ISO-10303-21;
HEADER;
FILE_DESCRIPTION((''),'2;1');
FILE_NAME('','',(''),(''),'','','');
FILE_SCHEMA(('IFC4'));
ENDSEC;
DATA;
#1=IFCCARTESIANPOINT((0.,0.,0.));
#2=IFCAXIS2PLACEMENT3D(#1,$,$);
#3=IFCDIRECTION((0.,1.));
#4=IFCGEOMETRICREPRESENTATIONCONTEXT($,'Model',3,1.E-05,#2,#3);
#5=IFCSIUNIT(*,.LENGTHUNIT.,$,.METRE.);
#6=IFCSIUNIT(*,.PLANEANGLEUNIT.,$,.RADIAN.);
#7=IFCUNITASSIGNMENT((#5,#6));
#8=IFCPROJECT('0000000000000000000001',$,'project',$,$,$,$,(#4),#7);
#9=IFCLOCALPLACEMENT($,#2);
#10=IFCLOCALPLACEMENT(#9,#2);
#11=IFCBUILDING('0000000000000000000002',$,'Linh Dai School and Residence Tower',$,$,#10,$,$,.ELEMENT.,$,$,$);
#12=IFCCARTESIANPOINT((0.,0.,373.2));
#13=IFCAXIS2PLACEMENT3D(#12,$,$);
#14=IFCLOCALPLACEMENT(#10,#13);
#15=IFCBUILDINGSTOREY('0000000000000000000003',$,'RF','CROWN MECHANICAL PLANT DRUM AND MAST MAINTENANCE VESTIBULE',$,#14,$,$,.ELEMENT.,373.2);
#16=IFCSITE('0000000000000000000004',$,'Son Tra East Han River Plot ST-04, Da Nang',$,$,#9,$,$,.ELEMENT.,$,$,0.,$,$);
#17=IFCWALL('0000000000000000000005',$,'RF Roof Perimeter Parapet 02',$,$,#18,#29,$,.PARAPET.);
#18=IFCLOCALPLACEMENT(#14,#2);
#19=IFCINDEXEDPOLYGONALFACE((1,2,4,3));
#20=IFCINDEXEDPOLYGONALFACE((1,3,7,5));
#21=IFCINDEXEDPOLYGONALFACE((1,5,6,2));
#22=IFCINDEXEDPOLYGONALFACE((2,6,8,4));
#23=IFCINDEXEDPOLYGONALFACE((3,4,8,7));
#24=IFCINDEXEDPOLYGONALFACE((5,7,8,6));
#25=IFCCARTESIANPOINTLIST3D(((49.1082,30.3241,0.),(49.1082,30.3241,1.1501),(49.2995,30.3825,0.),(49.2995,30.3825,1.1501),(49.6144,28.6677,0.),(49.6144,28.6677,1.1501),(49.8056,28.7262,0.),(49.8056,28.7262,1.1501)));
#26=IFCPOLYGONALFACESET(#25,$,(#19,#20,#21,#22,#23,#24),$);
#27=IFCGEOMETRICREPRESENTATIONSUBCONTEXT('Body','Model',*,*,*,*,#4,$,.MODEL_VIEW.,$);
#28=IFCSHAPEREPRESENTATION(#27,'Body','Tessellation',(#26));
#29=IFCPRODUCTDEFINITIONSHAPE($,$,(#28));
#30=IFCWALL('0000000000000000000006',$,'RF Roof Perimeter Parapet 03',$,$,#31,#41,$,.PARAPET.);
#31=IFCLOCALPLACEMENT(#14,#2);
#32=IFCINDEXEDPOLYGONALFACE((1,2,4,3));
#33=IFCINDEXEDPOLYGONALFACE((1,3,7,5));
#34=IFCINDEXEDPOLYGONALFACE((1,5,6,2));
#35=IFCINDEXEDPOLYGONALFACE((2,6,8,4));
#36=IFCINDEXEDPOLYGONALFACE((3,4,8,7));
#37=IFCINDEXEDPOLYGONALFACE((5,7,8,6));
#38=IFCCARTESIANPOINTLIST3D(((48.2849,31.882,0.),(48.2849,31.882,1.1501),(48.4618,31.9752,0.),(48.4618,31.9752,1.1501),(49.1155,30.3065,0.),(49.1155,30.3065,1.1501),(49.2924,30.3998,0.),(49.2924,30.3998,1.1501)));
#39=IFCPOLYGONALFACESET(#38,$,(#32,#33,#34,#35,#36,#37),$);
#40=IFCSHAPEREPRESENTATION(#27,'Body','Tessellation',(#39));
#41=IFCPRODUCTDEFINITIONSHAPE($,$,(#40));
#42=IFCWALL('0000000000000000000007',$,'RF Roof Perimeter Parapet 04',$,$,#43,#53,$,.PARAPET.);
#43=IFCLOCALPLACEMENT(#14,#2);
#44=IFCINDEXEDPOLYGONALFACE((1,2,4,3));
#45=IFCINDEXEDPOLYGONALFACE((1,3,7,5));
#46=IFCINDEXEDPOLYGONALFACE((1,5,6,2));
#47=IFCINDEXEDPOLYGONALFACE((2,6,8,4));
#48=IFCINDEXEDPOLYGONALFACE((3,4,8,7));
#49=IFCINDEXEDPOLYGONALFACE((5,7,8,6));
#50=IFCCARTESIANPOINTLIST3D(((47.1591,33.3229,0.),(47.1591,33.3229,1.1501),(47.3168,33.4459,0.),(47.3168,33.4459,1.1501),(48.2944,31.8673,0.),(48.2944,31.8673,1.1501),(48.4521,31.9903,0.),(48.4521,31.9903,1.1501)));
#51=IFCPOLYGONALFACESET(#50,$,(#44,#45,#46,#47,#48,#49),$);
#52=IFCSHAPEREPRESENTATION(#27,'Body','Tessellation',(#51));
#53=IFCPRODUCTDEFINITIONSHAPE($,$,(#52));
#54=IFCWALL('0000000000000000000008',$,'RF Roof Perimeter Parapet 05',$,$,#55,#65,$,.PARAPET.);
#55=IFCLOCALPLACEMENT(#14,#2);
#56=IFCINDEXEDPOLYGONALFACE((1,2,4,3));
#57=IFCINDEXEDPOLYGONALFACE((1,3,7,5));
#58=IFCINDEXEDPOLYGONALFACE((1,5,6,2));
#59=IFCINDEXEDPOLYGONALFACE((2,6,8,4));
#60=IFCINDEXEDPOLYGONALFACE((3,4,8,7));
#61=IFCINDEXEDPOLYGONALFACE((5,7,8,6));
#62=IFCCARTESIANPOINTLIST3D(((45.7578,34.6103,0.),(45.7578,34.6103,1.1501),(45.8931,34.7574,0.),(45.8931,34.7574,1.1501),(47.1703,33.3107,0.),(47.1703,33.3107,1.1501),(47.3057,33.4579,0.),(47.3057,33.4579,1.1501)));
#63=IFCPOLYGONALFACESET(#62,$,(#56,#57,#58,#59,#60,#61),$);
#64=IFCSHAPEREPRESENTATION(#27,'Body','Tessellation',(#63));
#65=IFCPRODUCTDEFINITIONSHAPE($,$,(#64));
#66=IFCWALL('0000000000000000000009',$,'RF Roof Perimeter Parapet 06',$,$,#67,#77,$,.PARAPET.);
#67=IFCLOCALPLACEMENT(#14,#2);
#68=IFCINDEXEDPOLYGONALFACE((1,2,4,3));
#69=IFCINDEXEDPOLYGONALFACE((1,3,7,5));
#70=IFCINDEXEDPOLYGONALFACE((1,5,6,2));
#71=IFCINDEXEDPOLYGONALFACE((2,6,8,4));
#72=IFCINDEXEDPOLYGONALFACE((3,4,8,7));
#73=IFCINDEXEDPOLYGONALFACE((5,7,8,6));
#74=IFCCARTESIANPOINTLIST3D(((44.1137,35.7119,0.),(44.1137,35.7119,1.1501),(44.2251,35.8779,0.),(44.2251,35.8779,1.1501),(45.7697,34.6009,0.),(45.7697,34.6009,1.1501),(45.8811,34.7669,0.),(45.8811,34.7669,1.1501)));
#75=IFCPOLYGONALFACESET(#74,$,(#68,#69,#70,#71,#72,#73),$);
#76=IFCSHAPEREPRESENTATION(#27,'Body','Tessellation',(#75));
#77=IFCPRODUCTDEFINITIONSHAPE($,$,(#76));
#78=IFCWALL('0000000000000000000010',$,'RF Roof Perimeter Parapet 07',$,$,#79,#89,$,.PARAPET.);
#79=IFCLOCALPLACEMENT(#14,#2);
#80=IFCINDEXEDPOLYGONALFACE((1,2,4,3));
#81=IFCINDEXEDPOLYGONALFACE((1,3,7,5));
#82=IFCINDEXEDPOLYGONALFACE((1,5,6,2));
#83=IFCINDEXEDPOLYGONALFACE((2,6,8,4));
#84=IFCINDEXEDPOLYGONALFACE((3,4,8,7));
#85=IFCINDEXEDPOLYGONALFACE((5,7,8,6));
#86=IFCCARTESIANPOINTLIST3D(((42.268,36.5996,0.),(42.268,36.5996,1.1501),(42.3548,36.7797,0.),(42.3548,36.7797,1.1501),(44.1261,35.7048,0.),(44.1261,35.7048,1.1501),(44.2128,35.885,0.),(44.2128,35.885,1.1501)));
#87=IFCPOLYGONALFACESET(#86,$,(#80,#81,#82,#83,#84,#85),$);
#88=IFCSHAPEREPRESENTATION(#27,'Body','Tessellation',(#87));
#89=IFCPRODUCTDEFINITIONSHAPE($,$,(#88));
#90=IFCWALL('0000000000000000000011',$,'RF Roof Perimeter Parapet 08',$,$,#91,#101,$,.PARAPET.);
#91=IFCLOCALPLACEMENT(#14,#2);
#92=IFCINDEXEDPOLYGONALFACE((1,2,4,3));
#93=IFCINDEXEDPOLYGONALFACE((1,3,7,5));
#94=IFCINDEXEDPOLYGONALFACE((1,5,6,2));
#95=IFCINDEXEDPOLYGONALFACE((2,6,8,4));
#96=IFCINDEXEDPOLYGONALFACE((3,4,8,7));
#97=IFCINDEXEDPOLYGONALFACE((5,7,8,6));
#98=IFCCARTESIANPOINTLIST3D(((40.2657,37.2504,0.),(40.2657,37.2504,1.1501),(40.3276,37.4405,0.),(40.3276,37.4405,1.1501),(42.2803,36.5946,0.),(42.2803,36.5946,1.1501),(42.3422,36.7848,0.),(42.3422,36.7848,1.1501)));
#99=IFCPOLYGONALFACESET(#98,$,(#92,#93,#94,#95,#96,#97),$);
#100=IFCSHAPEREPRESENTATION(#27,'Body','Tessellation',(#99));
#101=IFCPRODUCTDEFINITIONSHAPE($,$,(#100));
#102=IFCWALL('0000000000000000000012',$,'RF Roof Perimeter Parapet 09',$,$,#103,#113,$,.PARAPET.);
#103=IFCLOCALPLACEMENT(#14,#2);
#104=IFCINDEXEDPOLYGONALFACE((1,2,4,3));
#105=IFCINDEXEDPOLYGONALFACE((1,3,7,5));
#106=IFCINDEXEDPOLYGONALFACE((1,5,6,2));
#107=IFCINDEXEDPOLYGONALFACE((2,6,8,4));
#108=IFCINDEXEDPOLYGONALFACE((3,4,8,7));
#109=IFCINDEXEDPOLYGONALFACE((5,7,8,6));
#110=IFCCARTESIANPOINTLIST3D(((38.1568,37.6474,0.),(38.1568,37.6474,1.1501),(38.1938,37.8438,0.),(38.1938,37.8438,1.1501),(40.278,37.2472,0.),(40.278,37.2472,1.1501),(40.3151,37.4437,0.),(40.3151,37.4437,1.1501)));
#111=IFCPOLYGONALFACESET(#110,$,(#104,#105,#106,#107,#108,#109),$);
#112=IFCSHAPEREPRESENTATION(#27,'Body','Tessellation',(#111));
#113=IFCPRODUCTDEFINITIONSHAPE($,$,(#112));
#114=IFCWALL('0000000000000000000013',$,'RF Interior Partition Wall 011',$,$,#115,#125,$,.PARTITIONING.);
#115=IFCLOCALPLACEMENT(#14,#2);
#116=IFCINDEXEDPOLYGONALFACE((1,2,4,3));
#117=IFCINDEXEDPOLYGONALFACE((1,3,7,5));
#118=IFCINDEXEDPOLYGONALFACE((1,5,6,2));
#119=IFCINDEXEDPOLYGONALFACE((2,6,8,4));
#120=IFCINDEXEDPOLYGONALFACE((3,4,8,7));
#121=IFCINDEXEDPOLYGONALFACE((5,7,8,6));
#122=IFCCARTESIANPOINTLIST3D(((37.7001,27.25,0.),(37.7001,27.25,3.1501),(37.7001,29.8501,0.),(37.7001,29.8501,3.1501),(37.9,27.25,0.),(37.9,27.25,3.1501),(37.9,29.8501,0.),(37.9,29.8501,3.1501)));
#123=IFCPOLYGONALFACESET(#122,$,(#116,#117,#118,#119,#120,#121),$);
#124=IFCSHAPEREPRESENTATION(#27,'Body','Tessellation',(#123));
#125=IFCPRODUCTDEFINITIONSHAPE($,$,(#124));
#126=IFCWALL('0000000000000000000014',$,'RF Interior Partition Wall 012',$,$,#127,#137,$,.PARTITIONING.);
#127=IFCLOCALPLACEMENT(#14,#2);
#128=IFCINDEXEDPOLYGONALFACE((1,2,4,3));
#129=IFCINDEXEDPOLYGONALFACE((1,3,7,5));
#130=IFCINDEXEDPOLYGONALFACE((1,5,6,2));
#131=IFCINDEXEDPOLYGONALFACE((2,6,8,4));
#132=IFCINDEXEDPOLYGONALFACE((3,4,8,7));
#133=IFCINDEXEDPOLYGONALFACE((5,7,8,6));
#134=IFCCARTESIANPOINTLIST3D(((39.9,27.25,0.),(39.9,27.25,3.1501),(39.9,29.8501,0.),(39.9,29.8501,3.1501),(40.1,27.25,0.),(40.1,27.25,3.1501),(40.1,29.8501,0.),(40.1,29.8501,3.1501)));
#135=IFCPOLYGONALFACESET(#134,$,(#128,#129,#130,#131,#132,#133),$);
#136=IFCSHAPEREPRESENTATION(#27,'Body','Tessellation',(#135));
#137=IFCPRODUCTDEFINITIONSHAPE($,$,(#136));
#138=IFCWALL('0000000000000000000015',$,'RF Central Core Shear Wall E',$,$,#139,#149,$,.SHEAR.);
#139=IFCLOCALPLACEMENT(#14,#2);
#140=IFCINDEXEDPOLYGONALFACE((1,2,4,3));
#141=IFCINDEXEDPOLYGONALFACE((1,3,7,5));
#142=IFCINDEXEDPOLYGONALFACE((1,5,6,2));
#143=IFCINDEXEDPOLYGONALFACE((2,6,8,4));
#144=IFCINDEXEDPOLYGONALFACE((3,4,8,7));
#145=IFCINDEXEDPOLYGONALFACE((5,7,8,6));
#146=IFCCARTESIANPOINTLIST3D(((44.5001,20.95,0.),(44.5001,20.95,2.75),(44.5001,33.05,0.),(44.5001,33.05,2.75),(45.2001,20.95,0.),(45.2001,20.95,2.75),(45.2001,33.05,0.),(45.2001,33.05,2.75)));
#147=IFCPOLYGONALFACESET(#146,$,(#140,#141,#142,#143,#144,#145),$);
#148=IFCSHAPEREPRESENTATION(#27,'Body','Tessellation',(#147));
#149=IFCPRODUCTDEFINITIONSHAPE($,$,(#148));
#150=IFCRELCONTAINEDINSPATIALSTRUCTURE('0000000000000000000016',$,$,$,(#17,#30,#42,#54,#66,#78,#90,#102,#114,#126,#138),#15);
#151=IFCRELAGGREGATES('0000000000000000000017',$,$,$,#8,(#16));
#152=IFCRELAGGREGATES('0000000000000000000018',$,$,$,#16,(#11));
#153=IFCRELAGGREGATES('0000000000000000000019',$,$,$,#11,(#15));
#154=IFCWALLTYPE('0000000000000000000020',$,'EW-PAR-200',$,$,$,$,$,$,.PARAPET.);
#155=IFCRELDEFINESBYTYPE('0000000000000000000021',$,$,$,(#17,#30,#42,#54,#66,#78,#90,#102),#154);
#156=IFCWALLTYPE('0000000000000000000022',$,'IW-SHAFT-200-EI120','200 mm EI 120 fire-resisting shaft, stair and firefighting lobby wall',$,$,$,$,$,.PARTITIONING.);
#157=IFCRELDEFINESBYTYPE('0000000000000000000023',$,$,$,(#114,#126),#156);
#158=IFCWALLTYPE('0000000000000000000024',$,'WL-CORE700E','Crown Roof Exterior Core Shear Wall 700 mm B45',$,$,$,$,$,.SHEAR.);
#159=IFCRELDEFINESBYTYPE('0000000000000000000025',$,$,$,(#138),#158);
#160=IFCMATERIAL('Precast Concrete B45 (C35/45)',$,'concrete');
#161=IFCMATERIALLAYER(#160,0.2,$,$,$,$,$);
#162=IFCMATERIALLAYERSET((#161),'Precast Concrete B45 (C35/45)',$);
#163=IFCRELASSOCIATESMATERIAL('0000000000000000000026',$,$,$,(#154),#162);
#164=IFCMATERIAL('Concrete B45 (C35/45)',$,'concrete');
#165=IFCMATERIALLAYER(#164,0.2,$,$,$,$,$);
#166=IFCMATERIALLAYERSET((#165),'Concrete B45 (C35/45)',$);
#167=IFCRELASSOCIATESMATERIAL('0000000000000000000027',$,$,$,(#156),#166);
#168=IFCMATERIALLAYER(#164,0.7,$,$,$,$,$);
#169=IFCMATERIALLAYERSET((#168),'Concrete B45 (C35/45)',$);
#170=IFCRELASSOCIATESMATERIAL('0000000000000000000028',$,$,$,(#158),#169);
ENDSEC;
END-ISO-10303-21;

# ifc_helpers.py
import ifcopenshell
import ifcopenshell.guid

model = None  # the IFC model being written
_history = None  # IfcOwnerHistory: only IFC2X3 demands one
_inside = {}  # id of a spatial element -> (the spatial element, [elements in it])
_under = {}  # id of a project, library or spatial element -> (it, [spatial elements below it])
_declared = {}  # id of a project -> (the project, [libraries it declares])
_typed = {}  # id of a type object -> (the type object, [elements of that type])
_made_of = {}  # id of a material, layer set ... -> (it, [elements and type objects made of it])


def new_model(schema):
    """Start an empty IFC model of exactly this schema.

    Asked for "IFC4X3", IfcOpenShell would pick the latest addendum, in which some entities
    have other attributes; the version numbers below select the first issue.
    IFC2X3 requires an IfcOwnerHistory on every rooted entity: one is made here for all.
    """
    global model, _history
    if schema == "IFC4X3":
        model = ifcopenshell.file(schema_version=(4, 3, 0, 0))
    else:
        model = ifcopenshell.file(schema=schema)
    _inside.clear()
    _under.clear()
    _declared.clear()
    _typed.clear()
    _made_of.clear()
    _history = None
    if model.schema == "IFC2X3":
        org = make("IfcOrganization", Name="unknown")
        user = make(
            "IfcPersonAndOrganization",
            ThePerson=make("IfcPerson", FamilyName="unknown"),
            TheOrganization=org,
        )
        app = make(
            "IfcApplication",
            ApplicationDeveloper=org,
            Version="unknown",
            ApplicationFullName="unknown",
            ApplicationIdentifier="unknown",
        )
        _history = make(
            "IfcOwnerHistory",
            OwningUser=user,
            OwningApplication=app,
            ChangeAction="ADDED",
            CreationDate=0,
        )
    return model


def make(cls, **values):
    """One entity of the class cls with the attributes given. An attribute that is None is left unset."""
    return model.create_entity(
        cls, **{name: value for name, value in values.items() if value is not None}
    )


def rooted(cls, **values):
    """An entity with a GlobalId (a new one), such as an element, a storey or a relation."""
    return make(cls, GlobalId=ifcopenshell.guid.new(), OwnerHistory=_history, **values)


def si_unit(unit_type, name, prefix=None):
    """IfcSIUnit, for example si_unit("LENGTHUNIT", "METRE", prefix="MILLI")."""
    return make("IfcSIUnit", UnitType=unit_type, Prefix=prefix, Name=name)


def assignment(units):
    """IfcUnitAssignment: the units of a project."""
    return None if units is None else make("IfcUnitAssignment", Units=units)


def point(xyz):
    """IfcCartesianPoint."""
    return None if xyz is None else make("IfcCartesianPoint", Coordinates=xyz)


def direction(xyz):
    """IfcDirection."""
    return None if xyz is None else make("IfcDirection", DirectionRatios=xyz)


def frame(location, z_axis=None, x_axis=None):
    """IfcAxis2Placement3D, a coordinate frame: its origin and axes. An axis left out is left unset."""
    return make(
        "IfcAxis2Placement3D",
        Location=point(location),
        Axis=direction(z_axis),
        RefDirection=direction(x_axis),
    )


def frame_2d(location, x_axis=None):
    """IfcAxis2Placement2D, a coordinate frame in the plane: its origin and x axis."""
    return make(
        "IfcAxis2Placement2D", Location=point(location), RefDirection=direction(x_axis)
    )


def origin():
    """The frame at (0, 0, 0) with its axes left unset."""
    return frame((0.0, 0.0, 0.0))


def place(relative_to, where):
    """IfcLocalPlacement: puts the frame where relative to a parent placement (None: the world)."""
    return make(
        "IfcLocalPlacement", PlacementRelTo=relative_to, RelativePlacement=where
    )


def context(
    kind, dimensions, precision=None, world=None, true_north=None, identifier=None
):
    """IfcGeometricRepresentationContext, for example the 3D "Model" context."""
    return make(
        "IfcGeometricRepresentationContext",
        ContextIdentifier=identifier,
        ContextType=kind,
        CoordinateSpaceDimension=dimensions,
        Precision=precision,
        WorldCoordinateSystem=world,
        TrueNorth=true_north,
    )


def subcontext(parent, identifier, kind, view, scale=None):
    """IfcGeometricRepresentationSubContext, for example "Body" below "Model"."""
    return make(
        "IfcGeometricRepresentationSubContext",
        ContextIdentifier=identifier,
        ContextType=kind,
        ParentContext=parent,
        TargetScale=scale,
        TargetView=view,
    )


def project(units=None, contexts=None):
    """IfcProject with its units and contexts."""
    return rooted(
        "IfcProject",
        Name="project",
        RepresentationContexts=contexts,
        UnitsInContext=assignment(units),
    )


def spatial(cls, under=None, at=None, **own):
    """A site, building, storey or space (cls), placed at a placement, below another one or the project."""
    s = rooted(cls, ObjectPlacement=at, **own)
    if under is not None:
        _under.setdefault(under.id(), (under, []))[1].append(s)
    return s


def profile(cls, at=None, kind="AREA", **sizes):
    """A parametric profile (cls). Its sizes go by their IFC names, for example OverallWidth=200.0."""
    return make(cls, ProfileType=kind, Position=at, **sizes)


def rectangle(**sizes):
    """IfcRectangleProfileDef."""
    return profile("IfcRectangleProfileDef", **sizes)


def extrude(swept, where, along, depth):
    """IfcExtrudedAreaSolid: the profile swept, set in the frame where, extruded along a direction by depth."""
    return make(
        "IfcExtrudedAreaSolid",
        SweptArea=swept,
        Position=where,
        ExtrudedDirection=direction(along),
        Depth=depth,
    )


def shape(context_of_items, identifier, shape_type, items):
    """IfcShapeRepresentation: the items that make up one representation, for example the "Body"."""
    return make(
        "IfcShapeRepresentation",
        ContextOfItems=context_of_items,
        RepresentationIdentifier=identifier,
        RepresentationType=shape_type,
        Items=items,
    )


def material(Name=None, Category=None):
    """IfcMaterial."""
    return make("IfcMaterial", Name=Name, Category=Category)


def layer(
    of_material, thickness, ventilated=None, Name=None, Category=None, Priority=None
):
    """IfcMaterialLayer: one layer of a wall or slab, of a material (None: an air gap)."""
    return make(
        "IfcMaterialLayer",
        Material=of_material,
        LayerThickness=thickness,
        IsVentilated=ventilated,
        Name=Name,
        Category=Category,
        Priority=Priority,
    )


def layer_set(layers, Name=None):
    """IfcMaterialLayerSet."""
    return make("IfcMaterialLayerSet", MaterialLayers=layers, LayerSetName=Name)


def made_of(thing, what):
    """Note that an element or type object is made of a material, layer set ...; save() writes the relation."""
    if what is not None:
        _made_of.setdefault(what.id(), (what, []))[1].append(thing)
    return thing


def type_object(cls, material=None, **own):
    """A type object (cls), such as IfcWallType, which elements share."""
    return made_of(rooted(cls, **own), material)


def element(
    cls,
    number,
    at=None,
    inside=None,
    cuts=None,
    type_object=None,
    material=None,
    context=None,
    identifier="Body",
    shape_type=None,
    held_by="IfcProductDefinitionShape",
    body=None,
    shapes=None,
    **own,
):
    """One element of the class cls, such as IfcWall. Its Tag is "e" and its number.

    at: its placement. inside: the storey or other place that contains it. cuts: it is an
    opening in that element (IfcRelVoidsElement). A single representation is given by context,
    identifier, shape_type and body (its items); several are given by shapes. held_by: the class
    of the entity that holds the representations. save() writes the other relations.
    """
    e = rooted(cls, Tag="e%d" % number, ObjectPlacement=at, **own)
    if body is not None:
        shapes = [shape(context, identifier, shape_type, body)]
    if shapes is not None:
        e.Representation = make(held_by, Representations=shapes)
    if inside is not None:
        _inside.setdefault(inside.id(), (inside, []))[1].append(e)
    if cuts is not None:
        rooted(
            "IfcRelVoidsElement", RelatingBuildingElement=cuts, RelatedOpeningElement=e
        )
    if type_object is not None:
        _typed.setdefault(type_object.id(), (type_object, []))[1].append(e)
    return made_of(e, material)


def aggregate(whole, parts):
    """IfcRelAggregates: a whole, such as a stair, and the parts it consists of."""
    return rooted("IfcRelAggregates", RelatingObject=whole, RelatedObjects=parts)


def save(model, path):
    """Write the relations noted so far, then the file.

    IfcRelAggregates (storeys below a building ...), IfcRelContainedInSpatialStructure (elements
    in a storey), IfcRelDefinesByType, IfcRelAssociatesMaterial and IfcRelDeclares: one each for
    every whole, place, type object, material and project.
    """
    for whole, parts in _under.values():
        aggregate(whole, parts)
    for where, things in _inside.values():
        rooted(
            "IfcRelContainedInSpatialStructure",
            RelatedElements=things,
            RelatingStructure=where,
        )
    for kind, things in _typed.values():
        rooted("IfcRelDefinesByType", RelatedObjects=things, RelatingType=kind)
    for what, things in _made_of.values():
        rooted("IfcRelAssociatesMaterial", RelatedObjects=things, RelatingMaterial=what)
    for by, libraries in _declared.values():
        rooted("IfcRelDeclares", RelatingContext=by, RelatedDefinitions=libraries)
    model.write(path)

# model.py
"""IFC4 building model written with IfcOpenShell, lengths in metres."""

from ifc_helpers import new_model, si_unit, direction, frame, frame_2d, origin, place, context, subcontext, project, spatial, rectangle, extrude, material, layer, layer_set, type_object, element, save


model = new_model("IFC4")

# Units and contexts
model_context = context("Model", 3, precision=1e-05, world=origin(), true_north=direction((0.0, 1.0)))
body_context = subcontext(model_context, "Body", "Model", "MODEL_VIEW")
ifc_project = project(units=[si_unit("LENGTHUNIT", "METRE"), si_unit("PLANEANGLEUNIT", "RADIAN")], contexts=[model_context])

# Site, building, storey
site_placement = place(None, origin())
site = spatial("IfcSite", under=ifc_project, at=site_placement, Name="Son Tra East Han River Plot ST-04, Da Nang", CompositionType="ELEMENT", RefElevation=0.0)
building_placement = place(site_placement, origin())
building = spatial("IfcBuilding", under=site, at=building_placement, Name="Linh Dai School and Residence Tower", CompositionType="ELEMENT")
storey_placement = place(building_placement, frame((0.0, 0.0, 373.2)))
storey = spatial("IfcBuildingStorey", under=building, at=storey_placement, Name="RF", Description="CROWN MECHANICAL PLANT DRUM AND MAST MAINTENANCE VESTIBULE", CompositionType="ELEMENT", Elevation=373.2)

# Shared definitions
ifc_material_1 = material(Name="Concrete B45 (C35/45)", Category="concrete")

# Walls
ifc_material_2 = material(Name="Precast Concrete B45 (C35/45)", Category="concrete")
ifc_layer_1 = layer(ifc_material_2, 0.2)
ifc_layer_set_1 = layer_set([ifc_layer_1], Name="Precast Concrete B45 (C35/45)")
wall_type_1 = type_object("IfcWallType", Name="EW-PAR-200", PredefinedType="PARAPET", material=ifc_layer_set_1)
wall_1_placement = place(storey_placement, frame((49.2039, 30.3533, 0.0), z_axis=(0.0, 0.0, 1.0), x_axis=(0.292233, -0.956347, 0.0)))
element("IfcWall", 1, at=wall_1_placement, inside=storey, type_object=wall_type_1, Name="RF Roof Perimeter Parapet 02", PredefinedType="PARAPET", context=body_context, shape_type="SweptSolid", body=[
    extrude(rectangle(XDim=1.7319, YDim=0.2, at=frame_2d((0.866, 0.0))), origin(), (0.0, 0.0, 1.0), 1.1501),
])
wall_2_placement = place(storey_placement, frame((48.3733, 31.9287, 0.0), z_axis=(0.0, 0.0, 1.0), x_axis=(0.466357, -0.884597, 0.0)))
element("IfcWall", 2, at=wall_2_placement, inside=storey, type_object=wall_type_1, Name="RF Roof Perimeter Parapet 03", PredefinedType="PARAPET", context=body_context, shape_type="SweptSolid", body=[
    extrude(rectangle(XDim=1.781, YDim=0.2, at=frame_2d((0.8906, 0.0))), origin(), (0.0, 0.0, 1.0), 1.1501),
])
wall_3_placement = place(storey_placement, frame((47.238, 33.3843, 0.0), z_axis=(0.0, 0.0, 1.0), x_axis=(0.615002, -0.788525, 0.0)))
element("IfcWall", 3, at=wall_3_placement, inside=storey, type_object=wall_type_1, Name="RF Roof Perimeter Parapet 04", PredefinedType="PARAPET", context=body_context, shape_type="SweptSolid", body=[
    extrude(rectangle(XDim=1.8459, YDim=0.2, at=frame_2d((0.9229, 0.0))), origin(), (0.0, 0.0, 1.0), 1.1501),
])
wall_4_placement = place(storey_placement, frame((45.8254, 34.6838, 0.0), z_axis=(0.0, 0.0, 1.0), x_axis=(0.735939, -0.677048, 0.0)))
element("IfcWall", 4, at=wall_4_placement, inside=storey, type_object=wall_type_1, Name="RF Roof Perimeter Parapet 05", PredefinedType="PARAPET", context=body_context, shape_type="SweptSolid", body=[
    extrude(rectangle(XDim=1.9194, YDim=0.2, at=frame_2d((0.9597, 0.0))), origin(), (0.0, 0.0, 1.0), 1.1501),
])
wall_5_placement = place(storey_placement, frame((44.1694, 35.7949, 0.0), z_axis=(0.0, 0.0, 1.0), x_axis=(0.830408, -0.557156, 0.0)))
element("IfcWall", 5, at=wall_5_placement, inside=storey, type_object=wall_type_1, Name="RF Roof Perimeter Parapet 06", PredefinedType="PARAPET", context=body_context, shape_type="SweptSolid", body=[
    extrude(rectangle(XDim=1.9941, YDim=0.2, at=frame_2d((0.9971, 0.0))), origin(), (0.0, 0.0, 1.0), 1.1501),
])
wall_6_placement = place(storey_placement, frame((42.3113, 36.6897, 0.0), z_axis=(0.0, 0.0, 1.0), x_axis=(0.900981, -0.433858, 0.0)))
element("IfcWall", 6, at=wall_6_placement, inside=storey, type_object=wall_type_1, Name="RF Roof Perimeter Parapet 07", PredefinedType="PARAPET", context=body_context, shape_type="SweptSolid", body=[
    extrude(rectangle(XDim=2.0623, YDim=0.2, at=frame_2d((1.0312, 0.0))), origin(), (0.0, 0.0, 1.0), 1.1501),
])
wall_7_placement = place(storey_placement, frame((40.2966, 37.3455, 0.0), z_axis=(0.0, 0.0, 1.0), x_axis=(0.950895, -0.309513, 0.0)))
element("IfcWall", 7, at=wall_7_placement, inside=storey, type_object=wall_type_1, Name="RF Roof Perimeter Parapet 08", PredefinedType="PARAPET", context=body_context, shape_type="SweptSolid", body=[
    extrude(rectangle(XDim=2.1187, YDim=0.2, at=frame_2d((1.0593, 0.0))), origin(), (0.0, 0.0, 1.0), 1.1501),
])
wall_8_placement = place(storey_placement, frame((38.1753, 37.7456, 0.0), z_axis=(0.0, 0.0, 1.0), x_axis=(0.982671, -0.18536, 0.0)))
element("IfcWall", 8, at=wall_8_placement, inside=storey, type_object=wall_type_1, Name="RF Roof Perimeter Parapet 09", PredefinedType="PARAPET", context=body_context, shape_type="SweptSolid", body=[
    extrude(rectangle(XDim=2.1587, YDim=0.2, at=frame_2d((1.0793, 0.0))), origin(), (0.0, 0.0, 1.0), 1.1501),
])
ifc_layer_2 = layer(ifc_material_1, 0.2)
ifc_layer_set_2 = layer_set([ifc_layer_2], Name="Concrete B45 (C35/45)")
wall_type_2 = type_object("IfcWallType", Name="IW-SHAFT-200-EI120", Description="200 mm EI 120 fire-resisting shaft, stair and firefighting lobby wall", PredefinedType="PARTITIONING", material=ifc_layer_set_2)
for number, where, z_axis, x_axis, name in (
    (9, (37.8, 27.25, 0.0), (0.0, 0.0, 1.0), (0.0, 1.0, 0.0), "RF Interior Partition Wall 011"),
    (10, (40.0, 27.25, 0.0), (0.0, 0.0, 1.0), (0.0, 1.0, 0.0), "RF Interior Partition Wall 012"),
):
    element("IfcWall", number, at=place(storey_placement, frame(where, z_axis=z_axis, x_axis=x_axis)), inside=storey, type_object=wall_type_2, Name=name, PredefinedType="PARTITIONING", context=body_context, shape_type="SweptSolid", body=[
        extrude(rectangle(XDim=2.6001, YDim=0.2, at=frame_2d((1.3, 0.0))), origin(), (0.0, 0.0, 1.0), 3.1501),
    ])

# Wall
ifc_layer_3 = layer(ifc_material_1, 0.7)
ifc_layer_set_3 = layer_set([ifc_layer_3], Name="Concrete B45 (C35/45)")
wall_type_3 = type_object("IfcWallType", Name="WL-CORE700E", Description="Crown Roof Exterior Core Shear Wall 700 mm B45", PredefinedType="SHEAR", material=ifc_layer_set_3)
wall_9_placement = place(storey_placement, frame((44.8501, 33.05, 0.0), z_axis=(0.0, 0.0, 1.0), x_axis=(0.0, -1.0, 0.0)))
element("IfcWall", 11, at=wall_9_placement, inside=storey, type_object=wall_type_3, Name="RF Central Core Shear Wall E", PredefinedType="SHEAR", context=body_context, shape_type="SweptSolid", body=[
    extrude(rectangle(XDim=12.1001, YDim=0.7, at=frame_2d((6.05, 0.0))), origin(), (0.0, 0.0, 1.0), 2.75),
])

save(model, "model.ifc")
